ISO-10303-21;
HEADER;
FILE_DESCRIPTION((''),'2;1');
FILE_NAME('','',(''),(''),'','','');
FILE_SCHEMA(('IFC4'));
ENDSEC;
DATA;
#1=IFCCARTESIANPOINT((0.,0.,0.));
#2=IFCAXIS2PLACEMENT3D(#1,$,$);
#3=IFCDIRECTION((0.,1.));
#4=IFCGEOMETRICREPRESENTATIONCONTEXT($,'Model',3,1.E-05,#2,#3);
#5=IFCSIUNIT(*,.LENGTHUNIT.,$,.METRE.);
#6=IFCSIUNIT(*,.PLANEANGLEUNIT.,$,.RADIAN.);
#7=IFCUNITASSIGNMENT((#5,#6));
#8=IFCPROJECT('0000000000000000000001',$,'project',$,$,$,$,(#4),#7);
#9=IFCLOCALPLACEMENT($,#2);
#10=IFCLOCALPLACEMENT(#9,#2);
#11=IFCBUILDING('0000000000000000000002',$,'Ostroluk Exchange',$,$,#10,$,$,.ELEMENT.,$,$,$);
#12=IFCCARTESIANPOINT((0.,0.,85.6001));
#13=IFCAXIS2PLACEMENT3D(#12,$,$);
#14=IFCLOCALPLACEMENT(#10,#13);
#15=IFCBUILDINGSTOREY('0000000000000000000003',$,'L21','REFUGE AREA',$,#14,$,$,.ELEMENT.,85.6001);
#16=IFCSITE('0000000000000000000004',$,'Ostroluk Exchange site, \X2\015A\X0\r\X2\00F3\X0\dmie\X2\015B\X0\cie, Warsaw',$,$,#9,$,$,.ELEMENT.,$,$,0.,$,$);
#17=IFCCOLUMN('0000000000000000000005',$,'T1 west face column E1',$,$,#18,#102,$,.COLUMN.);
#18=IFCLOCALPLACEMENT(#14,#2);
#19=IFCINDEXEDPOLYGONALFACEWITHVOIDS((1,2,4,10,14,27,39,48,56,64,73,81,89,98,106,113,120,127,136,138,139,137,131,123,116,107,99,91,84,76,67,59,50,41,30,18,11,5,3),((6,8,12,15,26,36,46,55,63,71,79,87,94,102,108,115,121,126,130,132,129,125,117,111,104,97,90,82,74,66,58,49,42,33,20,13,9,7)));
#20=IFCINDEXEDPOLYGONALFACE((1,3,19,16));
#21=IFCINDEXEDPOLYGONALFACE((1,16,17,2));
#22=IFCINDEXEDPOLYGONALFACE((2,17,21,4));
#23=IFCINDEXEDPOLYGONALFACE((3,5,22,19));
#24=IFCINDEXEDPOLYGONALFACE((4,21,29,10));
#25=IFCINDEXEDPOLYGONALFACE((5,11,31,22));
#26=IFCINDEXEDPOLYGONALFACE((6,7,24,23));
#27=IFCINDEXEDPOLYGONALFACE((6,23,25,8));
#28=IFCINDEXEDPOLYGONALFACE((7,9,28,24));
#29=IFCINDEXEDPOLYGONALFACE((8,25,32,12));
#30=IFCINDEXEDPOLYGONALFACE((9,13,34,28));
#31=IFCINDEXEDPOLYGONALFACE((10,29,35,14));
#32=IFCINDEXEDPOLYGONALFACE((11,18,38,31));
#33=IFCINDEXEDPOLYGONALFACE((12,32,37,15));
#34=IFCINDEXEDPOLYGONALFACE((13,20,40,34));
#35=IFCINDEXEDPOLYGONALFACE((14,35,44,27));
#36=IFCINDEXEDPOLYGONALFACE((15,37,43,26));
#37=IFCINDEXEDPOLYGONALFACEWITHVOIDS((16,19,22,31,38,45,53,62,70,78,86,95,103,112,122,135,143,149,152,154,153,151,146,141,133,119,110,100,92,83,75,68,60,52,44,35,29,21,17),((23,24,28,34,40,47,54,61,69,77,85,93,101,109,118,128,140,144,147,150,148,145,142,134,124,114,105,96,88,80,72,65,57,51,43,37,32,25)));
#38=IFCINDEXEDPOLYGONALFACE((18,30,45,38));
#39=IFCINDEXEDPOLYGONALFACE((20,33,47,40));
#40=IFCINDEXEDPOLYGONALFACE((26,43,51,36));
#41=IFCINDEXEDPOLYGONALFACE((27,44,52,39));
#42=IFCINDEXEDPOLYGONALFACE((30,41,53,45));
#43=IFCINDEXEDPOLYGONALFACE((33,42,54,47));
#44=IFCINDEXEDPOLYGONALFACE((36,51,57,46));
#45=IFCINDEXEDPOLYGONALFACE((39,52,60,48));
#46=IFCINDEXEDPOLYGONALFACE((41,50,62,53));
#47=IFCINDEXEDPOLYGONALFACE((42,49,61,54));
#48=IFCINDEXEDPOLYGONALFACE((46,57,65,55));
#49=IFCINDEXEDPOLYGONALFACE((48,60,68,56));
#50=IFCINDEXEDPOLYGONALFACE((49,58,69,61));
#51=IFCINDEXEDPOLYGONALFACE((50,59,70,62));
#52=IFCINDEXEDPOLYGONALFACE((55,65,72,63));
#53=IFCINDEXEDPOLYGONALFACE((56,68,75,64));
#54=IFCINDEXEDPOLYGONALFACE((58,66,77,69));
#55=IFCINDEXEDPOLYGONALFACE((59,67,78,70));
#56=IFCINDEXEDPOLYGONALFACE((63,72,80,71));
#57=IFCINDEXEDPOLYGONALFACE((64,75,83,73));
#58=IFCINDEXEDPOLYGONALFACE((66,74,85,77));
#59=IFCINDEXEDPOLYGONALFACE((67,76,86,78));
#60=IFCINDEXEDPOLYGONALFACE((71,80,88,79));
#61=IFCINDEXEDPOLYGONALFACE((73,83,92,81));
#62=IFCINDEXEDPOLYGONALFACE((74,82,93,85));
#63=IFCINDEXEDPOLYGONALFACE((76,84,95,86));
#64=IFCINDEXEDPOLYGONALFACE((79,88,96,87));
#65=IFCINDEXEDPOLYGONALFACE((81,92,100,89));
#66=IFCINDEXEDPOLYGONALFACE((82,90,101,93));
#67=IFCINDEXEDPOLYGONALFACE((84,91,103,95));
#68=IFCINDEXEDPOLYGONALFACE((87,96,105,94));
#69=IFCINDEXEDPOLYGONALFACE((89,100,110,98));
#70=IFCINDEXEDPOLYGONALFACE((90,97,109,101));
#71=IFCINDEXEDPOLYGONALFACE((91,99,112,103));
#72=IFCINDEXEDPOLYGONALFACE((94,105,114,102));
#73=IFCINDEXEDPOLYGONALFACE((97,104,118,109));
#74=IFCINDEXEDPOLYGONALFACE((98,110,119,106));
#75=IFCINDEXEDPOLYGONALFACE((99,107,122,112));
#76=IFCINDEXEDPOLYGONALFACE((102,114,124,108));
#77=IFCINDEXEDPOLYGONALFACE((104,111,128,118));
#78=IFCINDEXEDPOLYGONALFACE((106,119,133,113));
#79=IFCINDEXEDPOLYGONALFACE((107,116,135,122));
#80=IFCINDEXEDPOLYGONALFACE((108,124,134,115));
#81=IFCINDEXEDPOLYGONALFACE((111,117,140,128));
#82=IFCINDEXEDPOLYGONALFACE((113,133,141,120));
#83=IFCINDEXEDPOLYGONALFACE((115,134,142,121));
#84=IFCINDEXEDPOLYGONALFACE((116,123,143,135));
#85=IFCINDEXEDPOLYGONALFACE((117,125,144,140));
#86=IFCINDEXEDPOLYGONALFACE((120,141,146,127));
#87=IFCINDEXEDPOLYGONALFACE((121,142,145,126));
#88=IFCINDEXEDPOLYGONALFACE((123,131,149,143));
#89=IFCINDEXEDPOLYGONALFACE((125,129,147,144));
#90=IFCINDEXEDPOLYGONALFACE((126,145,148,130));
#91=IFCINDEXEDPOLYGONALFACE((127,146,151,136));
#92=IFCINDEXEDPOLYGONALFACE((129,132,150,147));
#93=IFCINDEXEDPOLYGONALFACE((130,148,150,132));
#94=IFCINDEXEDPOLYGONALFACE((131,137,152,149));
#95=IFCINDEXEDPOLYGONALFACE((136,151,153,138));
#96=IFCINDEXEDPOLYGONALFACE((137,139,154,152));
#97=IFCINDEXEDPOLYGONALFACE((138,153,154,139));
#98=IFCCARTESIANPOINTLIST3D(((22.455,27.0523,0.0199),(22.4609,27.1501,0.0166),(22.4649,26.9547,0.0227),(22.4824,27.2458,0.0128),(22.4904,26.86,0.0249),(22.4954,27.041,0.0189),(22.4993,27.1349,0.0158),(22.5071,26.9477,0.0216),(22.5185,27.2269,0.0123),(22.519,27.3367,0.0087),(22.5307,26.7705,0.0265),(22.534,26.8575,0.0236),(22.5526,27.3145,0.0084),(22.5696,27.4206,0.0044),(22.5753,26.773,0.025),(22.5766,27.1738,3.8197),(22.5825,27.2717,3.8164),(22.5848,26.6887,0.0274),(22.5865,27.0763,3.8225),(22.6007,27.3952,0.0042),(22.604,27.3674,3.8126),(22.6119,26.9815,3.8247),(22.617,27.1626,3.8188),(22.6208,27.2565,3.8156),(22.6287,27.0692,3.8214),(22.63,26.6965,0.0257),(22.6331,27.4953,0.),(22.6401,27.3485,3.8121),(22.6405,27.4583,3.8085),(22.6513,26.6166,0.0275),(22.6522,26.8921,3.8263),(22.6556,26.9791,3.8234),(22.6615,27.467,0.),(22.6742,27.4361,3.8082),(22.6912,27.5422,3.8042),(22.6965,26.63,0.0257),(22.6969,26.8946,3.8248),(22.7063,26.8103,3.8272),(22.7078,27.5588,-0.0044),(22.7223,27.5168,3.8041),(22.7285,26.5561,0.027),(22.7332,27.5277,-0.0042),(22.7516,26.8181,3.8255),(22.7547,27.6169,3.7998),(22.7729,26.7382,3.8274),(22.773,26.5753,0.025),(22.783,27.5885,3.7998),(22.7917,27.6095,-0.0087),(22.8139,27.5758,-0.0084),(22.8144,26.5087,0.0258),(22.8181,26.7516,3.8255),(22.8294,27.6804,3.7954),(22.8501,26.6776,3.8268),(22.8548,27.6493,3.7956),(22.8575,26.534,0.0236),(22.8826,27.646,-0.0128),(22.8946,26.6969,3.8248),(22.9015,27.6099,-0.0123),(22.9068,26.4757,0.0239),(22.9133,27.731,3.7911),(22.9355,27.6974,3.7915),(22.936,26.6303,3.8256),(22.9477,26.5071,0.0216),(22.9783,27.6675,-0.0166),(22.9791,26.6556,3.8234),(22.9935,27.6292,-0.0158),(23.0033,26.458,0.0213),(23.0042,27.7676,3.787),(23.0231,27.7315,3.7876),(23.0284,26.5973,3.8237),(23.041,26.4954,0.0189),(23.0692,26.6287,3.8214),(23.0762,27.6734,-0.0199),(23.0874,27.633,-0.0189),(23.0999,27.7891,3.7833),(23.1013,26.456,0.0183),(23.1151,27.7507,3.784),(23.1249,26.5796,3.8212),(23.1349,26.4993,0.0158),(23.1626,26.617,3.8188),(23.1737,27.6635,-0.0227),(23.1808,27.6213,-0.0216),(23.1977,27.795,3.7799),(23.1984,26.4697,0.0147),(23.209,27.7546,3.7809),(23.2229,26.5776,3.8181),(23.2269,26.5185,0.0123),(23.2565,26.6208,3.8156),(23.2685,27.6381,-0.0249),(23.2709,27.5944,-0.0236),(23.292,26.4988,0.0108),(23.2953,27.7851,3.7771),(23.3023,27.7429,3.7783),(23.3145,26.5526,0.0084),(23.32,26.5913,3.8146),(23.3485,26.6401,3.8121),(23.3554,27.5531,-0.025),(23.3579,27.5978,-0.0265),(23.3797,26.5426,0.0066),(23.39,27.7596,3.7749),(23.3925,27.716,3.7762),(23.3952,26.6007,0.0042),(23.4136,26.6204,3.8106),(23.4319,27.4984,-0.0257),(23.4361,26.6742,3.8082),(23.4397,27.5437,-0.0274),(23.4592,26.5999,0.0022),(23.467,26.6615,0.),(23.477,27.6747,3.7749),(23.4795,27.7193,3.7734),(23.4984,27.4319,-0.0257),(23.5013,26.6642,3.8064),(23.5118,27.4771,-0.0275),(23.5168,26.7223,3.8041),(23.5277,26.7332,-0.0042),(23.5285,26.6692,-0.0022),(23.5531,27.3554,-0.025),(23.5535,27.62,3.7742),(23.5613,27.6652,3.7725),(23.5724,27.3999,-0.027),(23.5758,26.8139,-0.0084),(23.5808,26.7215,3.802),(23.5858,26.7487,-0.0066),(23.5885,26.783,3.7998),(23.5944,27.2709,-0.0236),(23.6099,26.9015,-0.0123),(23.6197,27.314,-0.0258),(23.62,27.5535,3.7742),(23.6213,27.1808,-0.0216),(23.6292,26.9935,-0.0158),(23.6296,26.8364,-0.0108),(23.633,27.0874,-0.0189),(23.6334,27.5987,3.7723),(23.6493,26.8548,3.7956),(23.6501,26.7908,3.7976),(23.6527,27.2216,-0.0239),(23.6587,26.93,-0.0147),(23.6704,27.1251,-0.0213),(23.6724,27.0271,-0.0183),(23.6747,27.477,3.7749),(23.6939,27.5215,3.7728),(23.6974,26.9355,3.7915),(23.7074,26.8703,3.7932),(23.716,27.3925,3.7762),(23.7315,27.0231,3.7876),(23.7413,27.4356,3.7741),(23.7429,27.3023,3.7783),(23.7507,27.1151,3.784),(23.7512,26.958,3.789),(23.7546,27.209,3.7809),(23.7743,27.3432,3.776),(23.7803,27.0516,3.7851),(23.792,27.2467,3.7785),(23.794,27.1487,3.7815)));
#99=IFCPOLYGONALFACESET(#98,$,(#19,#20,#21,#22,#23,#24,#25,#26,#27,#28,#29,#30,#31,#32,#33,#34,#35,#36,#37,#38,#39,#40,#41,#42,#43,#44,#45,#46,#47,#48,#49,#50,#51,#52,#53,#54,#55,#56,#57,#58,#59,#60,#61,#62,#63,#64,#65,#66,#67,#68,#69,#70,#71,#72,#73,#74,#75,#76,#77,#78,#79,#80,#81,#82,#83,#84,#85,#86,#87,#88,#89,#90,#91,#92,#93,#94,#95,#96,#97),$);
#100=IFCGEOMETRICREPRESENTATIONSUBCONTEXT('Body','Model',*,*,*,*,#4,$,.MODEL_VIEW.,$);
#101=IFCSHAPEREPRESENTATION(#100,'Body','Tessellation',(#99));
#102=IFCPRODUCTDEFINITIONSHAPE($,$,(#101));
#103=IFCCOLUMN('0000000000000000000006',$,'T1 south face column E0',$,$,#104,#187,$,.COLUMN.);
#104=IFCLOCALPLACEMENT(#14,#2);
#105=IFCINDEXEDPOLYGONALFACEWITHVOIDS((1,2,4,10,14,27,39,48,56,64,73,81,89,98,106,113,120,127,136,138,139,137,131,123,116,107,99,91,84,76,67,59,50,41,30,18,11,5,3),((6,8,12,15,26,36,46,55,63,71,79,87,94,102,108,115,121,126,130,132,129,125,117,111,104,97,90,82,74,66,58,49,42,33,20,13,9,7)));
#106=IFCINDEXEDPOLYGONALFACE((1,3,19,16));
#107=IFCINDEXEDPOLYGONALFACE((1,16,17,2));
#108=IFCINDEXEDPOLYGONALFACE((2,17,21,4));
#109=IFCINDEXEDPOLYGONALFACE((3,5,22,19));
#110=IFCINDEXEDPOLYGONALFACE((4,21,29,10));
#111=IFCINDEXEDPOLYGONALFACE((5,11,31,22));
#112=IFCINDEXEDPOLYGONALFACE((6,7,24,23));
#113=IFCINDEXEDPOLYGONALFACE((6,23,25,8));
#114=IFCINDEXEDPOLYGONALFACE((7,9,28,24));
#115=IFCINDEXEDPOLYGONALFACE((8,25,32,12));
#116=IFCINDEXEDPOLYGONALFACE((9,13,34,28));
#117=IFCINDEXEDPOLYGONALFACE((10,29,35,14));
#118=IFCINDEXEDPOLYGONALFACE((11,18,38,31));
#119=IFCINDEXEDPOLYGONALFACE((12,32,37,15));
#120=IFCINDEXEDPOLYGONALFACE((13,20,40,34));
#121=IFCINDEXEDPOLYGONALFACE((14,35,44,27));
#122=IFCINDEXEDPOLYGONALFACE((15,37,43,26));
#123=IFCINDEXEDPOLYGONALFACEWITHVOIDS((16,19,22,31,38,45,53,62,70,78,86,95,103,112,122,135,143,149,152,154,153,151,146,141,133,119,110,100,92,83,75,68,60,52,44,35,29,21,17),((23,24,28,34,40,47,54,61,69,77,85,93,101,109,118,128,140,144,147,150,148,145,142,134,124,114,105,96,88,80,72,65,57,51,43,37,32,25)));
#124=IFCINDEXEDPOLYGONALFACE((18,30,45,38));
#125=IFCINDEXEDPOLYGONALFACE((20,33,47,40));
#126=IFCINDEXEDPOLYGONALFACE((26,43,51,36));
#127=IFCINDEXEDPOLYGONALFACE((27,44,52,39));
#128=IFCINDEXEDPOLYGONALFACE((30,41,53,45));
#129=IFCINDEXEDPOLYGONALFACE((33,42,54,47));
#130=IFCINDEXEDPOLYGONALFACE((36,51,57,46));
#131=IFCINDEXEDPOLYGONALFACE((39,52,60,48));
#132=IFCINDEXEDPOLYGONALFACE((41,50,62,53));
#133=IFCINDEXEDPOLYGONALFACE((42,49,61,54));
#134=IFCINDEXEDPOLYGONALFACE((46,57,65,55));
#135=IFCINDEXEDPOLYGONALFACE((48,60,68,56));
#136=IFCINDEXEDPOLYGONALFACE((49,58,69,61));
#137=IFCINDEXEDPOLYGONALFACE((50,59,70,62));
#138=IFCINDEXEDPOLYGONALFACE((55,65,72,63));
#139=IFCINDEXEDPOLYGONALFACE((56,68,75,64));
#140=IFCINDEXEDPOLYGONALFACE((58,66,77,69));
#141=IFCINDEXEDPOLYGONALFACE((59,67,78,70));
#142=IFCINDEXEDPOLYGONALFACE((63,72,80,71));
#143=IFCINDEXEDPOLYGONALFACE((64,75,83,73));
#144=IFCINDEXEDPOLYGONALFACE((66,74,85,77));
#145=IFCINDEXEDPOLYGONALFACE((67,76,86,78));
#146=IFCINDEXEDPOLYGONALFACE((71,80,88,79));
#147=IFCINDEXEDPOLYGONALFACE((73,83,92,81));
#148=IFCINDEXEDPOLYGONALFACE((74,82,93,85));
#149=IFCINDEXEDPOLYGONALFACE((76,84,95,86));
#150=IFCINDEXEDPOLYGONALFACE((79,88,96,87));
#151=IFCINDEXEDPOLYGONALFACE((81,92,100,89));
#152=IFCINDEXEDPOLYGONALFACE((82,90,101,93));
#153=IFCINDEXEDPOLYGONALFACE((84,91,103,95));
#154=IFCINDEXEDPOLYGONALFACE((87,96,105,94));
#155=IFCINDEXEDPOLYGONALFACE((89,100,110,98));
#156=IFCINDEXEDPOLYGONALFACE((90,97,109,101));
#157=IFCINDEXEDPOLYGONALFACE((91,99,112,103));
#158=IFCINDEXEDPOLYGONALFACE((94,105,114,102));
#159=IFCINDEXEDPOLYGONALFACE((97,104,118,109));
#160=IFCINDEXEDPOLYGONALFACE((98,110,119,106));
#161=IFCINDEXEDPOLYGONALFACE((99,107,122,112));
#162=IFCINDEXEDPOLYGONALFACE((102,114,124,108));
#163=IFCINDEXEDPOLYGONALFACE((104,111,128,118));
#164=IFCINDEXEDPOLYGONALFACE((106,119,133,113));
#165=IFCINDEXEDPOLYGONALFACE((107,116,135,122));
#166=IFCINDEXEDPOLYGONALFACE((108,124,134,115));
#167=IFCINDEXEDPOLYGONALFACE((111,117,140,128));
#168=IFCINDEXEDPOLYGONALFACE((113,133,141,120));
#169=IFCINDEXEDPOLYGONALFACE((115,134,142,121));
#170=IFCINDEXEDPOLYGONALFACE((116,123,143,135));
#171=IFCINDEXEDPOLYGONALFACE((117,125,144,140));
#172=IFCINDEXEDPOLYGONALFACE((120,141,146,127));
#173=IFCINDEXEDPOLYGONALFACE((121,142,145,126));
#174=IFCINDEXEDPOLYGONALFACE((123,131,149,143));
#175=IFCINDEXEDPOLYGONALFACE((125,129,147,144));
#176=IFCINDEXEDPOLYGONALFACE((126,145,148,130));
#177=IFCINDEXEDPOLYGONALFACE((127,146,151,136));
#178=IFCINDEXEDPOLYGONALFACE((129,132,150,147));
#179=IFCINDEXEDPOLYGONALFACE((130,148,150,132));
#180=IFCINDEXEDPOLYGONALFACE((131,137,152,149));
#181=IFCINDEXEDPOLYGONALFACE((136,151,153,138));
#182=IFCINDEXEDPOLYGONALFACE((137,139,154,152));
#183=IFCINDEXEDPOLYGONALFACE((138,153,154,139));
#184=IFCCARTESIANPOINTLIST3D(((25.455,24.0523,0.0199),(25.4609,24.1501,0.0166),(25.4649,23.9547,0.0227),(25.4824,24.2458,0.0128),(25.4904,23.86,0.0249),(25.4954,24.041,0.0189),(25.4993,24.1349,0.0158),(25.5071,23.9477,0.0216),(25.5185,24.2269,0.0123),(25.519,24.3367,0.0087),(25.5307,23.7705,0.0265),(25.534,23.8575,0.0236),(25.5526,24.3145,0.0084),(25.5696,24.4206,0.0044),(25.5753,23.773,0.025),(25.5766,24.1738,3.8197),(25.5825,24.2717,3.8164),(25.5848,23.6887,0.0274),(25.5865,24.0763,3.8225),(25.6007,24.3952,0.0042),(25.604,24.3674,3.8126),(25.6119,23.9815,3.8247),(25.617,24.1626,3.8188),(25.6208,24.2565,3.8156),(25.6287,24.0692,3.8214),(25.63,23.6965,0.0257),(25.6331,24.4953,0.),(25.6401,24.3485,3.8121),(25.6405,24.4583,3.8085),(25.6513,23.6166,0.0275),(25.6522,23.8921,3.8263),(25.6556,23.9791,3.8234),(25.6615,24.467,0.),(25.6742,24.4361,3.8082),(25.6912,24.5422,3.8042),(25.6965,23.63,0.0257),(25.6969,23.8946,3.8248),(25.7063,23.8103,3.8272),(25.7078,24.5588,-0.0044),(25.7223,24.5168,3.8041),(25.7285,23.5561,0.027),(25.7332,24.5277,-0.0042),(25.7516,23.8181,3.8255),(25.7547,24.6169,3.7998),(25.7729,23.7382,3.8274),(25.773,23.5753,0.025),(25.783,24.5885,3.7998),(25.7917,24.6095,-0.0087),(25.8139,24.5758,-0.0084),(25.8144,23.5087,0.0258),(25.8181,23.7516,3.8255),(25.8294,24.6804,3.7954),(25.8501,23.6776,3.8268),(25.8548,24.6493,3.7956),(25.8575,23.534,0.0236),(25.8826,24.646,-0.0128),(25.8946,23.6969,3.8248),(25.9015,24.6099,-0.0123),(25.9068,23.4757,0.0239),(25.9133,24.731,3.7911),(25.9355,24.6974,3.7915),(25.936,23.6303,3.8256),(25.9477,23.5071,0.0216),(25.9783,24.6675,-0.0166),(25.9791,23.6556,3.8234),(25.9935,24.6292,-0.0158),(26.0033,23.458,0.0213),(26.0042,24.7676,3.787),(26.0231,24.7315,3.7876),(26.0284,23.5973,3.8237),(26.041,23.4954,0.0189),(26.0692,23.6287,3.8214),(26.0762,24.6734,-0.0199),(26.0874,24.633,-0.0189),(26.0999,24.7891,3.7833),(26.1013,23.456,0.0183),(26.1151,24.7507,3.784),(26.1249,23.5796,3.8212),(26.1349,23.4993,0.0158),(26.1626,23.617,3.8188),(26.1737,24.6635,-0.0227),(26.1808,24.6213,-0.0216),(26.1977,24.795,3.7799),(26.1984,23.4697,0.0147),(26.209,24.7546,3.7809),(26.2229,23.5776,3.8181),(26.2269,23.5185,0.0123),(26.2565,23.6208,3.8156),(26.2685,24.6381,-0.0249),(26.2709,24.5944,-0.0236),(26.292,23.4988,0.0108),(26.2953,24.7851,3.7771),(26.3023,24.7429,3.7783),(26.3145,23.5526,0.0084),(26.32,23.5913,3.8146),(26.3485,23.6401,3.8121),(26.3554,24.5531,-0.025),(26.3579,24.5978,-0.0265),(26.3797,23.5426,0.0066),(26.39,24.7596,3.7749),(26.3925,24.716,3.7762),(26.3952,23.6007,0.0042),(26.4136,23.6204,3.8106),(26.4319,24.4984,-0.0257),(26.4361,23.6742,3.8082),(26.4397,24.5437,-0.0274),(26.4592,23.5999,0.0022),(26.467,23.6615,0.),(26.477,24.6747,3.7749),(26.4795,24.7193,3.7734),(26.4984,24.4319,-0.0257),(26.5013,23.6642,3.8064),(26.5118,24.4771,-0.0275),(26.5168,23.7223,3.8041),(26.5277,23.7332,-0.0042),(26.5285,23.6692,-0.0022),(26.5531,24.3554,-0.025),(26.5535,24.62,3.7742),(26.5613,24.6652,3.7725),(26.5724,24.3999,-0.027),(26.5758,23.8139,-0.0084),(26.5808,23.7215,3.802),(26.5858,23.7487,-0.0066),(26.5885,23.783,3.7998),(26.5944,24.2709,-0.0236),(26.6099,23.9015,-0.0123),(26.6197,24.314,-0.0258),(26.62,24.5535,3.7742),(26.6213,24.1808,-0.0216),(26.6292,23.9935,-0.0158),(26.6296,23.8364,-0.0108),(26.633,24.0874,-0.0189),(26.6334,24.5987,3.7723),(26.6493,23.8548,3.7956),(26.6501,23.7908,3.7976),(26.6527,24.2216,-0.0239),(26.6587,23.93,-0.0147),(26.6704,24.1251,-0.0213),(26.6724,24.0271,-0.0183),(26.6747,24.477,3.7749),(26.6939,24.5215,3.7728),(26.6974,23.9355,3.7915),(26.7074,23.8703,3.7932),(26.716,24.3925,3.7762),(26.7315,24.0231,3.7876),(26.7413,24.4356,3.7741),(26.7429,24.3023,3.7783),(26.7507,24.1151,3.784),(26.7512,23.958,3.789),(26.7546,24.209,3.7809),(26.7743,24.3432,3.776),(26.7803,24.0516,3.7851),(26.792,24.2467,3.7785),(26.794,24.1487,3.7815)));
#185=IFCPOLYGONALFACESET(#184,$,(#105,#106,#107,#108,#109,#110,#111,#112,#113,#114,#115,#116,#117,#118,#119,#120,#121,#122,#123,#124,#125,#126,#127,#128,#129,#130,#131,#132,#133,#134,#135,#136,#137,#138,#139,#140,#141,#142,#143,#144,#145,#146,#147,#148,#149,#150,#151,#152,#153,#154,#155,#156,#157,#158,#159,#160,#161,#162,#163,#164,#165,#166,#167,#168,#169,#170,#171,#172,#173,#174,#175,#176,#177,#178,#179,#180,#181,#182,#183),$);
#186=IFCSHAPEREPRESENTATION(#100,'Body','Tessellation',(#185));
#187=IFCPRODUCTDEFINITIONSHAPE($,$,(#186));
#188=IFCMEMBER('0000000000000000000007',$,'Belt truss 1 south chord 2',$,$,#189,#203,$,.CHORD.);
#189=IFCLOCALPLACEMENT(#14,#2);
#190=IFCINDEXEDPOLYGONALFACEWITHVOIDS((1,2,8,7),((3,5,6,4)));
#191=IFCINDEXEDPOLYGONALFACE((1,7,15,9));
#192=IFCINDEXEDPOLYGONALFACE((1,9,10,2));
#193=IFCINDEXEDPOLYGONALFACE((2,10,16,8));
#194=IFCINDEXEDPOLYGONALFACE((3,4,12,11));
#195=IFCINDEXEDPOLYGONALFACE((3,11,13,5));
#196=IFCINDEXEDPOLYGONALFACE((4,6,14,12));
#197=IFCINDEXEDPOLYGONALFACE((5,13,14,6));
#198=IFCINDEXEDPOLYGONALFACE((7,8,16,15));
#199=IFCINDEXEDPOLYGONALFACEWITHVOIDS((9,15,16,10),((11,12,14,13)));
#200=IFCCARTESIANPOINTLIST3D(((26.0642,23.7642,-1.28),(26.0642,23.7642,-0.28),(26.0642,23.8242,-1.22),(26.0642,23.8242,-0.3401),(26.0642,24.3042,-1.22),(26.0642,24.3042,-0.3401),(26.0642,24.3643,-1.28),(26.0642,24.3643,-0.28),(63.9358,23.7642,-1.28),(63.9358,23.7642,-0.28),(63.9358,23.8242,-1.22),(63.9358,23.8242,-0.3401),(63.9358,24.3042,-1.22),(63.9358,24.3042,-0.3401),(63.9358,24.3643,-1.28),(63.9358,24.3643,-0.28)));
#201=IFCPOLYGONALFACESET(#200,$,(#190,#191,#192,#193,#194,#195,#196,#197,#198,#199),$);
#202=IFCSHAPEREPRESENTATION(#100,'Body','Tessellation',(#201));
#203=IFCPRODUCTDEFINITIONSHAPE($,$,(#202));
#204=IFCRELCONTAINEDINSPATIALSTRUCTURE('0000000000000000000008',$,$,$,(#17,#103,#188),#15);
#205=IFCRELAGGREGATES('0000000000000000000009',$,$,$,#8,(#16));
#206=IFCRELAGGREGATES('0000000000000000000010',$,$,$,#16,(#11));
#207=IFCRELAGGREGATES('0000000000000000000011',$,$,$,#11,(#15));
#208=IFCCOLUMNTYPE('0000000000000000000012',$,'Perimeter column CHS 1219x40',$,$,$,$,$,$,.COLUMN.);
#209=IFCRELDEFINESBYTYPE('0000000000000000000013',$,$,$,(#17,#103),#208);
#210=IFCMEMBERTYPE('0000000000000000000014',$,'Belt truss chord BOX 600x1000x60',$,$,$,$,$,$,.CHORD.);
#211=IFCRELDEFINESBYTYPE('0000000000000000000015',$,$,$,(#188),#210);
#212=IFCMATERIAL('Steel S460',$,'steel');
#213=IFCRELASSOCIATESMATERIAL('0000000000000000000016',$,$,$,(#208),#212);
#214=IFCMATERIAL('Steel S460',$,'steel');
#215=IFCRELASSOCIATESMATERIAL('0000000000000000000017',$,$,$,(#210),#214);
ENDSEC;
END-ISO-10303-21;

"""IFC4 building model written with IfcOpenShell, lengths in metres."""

from ifc_helpers import new_model, si_unit, direction, frame, origin, origin_2d, place, context, subcontext, project, spatial, hollow_rectangle, hollow_circle, extrude, material, material_profile, profile_set, type_object, element, save


model = new_model("IFC4")

# Units and contexts
model_context = context("Model", 3, precision=1e-05, world=origin(), true_north=direction((0.0, 1.0)))
body_context = subcontext(model_context, "Body", "Model", "MODEL_VIEW")
ifc_project = project(units=[si_unit("LENGTHUNIT", "METRE"), si_unit("PLANEANGLEUNIT", "RADIAN")], contexts=[model_context])

# Site, building, storey
site_placement = place(None, origin())
site = spatial("IfcSite", under=ifc_project, at=site_placement, Name="Ostroluk Exchange site, Śródmieście, Warsaw", CompositionType="ELEMENT", RefElevation=0.0)
building_placement = place(site_placement, origin())
building = spatial("IfcBuilding", under=site, at=building_placement, Name="Ostroluk Exchange", CompositionType="ELEMENT")
storey_placement = place(building_placement, frame((0.0, 0.0, 85.6001)))
storey = spatial("IfcBuildingStorey", under=building, at=storey_placement, Name="L21", Description="REFUGE AREA", CompositionType="ELEMENT", Elevation=85.6001)

# Columns
ifc_material_1 = material(Name="Steel S460", Category="steel")
ifc_material_profile_1 = material_profile(ifc_material_1, hollow_circle(Radius=0.6096, WallThickness=0.04, at=origin_2d()), Name="CHS 1219x40")
ifc_profile_set_1 = profile_set([ifc_material_profile_1], Name="Steel S460")
column_type = type_object("IfcColumnType", Name="Perimeter column CHS 1219x40", PredefinedType="COLUMN", material=ifc_profile_set_1)
for number, where, z_axis, x_axis, name in (
    (1, (23.0642, 27.0642, 0.0), (0.031964, 0.031964, 0.998978), (-0.707107, 0.707107, 0.0), "T1 west face column E1"),
    (2, (26.0642, 24.0642, 0.0), (0.031964, 0.031964, 0.998978), (-0.707107, 0.707107, 0.0), "T1 south face column E0"),
):
    element("IfcColumn", number, at=place(storey_placement, frame(where, z_axis=z_axis, x_axis=x_axis)), inside=storey, type_object=column_type, Name=name, PredefinedType="COLUMN", context=body_context, shape_type="SweptSolid", body=[
        extrude(hollow_circle(Radius=0.6096, WallThickness=0.04, at=origin_2d()), origin(), (0.0, 0.0, 1.0), 3.8037),
    ])

# Member
ifc_material_2 = material(Name="Steel S460", Category="steel")
ifc_material_profile_2 = material_profile(ifc_material_2, hollow_rectangle(XDim=0.6001, YDim=1.0, WallThickness=0.0601, at=origin_2d()), Name="BOX 600x1000x60")
ifc_profile_set_2 = profile_set([ifc_material_profile_2], Name="Steel S460")
member_type_1 = type_object("IfcMemberType", Name="Belt truss chord BOX 600x1000x60", PredefinedType="CHORD", material=ifc_profile_set_2)
member_1_placement = place(storey_placement, frame((26.0642, 24.0642, -0.78), z_axis=(1.0, 0.0, 0.0), x_axis=(0.0, 1.0, 0.0)))
element("IfcMember", 3, at=member_1_placement, inside=storey, type_object=member_type_1, Name="Belt truss 1 south chord 2", PredefinedType="CHORD", context=body_context, shape_type="SweptSolid", body=[
    extrude(hollow_rectangle(XDim=0.6001, YDim=1.0, WallThickness=0.0601, at=origin_2d()), origin(), (0.0, 0.0, 1.0), 37.8716),
])

save(model, "model.ifc")
